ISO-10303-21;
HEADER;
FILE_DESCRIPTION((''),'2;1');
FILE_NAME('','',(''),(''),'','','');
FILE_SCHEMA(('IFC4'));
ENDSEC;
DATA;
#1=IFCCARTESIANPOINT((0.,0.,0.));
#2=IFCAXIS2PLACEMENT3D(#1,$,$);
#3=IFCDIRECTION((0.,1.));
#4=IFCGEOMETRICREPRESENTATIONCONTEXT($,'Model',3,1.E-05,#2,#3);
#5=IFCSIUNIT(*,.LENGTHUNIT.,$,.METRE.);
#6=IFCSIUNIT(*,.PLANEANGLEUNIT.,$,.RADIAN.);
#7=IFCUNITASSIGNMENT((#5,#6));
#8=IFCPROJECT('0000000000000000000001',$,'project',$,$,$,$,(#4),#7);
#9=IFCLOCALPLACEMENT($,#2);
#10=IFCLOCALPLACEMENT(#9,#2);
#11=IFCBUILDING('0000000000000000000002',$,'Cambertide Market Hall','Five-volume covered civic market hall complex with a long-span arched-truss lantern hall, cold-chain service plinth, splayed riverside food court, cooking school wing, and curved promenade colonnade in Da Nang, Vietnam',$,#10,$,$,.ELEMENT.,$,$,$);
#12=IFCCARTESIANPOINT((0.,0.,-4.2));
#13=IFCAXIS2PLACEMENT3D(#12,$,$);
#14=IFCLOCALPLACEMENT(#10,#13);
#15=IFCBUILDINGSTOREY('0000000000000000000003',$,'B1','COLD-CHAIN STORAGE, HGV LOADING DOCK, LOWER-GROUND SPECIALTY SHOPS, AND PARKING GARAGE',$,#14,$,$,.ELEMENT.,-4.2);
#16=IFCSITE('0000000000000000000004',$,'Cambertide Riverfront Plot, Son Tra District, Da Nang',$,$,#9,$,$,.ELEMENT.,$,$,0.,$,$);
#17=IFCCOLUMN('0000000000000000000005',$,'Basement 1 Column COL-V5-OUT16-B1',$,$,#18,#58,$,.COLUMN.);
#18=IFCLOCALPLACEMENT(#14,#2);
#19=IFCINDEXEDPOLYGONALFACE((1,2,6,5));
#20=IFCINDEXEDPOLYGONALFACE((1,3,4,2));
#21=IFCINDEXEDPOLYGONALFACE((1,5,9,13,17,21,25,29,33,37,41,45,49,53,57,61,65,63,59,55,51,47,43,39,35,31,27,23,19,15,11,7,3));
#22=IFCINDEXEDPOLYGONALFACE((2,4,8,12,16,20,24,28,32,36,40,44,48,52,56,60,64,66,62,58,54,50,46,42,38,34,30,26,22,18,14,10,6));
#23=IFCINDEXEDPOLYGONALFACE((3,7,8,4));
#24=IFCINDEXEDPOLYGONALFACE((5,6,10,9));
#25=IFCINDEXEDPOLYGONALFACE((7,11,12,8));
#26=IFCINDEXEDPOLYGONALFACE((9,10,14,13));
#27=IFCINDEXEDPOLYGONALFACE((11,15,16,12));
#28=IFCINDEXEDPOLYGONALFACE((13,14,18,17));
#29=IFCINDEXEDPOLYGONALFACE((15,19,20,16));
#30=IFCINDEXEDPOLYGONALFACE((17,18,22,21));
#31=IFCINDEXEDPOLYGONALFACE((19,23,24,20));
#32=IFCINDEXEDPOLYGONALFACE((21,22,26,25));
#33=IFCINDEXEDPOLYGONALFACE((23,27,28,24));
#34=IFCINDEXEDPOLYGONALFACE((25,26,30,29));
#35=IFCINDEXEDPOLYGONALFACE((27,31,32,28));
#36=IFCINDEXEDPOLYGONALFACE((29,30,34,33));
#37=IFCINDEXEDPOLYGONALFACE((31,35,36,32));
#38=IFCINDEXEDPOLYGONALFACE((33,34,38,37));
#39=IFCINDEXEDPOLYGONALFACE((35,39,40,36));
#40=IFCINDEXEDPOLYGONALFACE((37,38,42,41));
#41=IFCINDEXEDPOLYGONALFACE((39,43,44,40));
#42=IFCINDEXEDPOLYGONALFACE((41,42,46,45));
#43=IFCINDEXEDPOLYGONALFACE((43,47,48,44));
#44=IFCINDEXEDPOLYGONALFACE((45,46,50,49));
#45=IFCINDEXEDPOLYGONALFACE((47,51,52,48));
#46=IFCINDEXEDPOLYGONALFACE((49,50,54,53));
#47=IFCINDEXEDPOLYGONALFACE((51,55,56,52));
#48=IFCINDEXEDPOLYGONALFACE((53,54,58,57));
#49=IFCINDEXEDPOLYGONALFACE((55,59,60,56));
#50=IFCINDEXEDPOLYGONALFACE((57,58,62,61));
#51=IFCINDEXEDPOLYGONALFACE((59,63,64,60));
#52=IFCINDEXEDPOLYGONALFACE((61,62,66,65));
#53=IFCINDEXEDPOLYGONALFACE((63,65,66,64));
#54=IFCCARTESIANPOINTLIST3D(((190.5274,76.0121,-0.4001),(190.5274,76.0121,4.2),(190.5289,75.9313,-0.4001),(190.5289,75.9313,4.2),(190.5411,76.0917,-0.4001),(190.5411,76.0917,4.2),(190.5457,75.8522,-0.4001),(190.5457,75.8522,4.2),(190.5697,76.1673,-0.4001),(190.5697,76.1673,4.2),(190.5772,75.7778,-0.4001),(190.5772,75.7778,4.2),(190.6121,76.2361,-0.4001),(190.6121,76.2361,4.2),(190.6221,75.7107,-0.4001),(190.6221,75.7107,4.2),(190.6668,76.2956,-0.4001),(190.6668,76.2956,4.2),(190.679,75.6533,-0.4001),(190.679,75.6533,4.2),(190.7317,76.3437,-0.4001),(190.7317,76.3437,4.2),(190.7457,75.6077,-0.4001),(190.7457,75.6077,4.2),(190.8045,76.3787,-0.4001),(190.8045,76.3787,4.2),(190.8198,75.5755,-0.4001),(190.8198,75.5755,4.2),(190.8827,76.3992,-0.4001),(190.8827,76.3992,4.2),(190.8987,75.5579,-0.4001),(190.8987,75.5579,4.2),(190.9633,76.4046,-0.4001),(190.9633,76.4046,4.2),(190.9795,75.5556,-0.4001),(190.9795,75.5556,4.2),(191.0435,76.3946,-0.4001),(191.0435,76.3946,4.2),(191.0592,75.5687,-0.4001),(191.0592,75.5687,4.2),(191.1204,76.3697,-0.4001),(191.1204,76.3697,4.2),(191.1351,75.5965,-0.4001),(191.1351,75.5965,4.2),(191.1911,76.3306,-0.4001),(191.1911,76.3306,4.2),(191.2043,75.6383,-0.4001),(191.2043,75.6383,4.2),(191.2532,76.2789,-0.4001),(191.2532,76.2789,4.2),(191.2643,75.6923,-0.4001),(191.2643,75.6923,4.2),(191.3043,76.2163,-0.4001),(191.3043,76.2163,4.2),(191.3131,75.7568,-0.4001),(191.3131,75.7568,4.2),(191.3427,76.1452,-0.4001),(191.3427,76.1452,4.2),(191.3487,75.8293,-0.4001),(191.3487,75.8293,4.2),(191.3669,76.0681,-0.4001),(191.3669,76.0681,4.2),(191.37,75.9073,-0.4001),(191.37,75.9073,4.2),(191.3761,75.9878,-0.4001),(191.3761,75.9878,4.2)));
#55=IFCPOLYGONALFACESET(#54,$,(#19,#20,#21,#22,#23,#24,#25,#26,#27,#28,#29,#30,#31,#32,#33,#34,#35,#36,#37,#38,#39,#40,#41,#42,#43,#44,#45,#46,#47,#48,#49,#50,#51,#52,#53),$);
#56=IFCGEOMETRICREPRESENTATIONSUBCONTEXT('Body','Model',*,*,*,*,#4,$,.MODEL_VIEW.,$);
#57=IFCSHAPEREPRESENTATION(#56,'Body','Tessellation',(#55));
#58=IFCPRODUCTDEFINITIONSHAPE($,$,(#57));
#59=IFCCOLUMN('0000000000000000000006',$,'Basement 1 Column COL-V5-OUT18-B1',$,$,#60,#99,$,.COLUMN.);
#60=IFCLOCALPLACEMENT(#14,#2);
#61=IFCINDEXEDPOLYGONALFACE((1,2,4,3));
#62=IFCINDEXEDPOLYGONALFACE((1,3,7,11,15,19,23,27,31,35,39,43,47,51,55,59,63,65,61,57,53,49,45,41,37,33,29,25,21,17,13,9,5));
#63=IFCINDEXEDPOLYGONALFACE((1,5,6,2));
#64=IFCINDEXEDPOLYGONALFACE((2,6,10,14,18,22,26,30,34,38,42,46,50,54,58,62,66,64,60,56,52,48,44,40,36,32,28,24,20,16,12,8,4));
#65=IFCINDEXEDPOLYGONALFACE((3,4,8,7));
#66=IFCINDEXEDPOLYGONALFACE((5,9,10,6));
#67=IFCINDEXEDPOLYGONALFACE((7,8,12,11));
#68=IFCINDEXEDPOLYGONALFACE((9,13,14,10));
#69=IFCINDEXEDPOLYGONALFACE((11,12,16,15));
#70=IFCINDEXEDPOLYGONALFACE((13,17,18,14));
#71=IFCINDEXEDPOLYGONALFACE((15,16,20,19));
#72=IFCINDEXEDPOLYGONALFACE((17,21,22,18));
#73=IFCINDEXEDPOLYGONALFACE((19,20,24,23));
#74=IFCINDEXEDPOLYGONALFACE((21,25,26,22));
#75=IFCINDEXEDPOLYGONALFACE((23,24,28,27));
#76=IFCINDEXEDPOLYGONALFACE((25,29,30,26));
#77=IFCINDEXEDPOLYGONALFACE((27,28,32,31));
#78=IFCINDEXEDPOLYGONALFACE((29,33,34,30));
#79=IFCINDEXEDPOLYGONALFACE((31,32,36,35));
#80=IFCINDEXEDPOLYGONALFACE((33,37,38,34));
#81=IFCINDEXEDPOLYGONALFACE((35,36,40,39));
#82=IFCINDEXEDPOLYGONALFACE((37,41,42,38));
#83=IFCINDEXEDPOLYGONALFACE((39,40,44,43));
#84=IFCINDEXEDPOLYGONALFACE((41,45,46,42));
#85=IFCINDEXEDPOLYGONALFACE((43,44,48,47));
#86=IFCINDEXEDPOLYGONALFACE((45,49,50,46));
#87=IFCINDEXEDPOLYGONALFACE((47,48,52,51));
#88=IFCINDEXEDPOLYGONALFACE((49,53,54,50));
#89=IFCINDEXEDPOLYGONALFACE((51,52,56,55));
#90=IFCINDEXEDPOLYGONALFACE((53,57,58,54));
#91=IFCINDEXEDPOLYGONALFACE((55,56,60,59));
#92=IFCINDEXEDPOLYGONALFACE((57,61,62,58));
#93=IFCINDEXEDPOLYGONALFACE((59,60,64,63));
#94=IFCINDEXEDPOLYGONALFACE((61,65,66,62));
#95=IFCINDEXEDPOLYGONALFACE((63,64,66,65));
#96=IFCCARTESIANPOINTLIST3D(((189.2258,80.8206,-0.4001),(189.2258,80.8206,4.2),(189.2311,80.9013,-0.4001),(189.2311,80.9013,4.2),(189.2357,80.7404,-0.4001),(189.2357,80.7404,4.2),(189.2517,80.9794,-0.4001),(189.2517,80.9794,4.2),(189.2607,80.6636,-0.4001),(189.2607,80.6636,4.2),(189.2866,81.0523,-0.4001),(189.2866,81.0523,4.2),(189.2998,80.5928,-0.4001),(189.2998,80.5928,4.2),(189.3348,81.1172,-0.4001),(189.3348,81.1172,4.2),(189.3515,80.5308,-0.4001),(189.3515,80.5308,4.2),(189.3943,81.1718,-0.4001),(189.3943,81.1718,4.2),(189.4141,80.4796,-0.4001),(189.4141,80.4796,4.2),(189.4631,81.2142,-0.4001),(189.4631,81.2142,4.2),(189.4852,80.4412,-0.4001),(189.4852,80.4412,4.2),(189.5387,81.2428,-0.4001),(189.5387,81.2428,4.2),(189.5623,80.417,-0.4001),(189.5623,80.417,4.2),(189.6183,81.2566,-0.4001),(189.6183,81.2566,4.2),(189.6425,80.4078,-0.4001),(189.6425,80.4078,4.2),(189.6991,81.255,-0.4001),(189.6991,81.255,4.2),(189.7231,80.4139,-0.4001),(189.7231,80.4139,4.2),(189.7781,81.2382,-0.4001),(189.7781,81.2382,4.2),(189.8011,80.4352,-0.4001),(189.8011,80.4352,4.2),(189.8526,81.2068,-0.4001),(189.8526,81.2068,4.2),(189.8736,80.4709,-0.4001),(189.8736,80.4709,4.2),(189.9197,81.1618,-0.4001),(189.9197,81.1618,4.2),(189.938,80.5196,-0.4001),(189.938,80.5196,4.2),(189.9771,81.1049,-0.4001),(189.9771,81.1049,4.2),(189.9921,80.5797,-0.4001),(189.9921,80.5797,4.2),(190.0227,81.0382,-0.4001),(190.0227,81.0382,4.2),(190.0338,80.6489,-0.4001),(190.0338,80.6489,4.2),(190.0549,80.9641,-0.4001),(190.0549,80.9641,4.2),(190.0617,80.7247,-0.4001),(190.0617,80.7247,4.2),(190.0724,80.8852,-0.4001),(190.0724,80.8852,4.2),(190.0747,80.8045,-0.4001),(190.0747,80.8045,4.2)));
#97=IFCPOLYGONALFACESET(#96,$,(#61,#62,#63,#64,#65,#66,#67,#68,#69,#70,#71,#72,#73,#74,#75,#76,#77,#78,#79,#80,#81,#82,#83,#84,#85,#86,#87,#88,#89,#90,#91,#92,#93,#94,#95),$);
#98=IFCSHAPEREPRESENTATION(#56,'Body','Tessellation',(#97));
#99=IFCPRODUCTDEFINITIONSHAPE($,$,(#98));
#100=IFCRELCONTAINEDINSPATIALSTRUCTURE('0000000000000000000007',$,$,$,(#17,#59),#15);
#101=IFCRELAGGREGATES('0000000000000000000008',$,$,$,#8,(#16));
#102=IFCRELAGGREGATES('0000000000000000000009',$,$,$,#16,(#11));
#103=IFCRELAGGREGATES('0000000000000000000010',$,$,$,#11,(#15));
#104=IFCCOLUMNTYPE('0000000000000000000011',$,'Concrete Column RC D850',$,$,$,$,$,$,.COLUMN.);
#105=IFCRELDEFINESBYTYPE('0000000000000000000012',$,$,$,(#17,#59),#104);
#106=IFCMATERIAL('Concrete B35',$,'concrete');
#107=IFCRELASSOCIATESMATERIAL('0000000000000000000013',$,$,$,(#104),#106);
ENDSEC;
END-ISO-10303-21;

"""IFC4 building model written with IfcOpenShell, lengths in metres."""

from ifc_helpers import new_model, si_unit, direction, frame, origin, origin_2d, place, context, subcontext, project, spatial, circle, extrude, material, material_profile, profile_set, type_object, element, save


model = new_model("IFC4")

# Units and contexts
model_context = context("Model", 3, precision=1e-05, world=origin(), true_north=direction((0.0, 1.0)))
body_context = subcontext(model_context, "Body", "Model", "MODEL_VIEW")
ifc_project = project(units=[si_unit("LENGTHUNIT", "METRE"), si_unit("PLANEANGLEUNIT", "RADIAN")], contexts=[model_context])

# Site, building, storey
site_placement = place(None, origin())
site = spatial("IfcSite", under=ifc_project, at=site_placement, Name="Cambertide Riverfront Plot, Son Tra District, Da Nang", CompositionType="ELEMENT", RefElevation=0.0)
building_placement = place(site_placement, origin())
building = spatial("IfcBuilding", under=site, at=building_placement, Name="Cambertide Market Hall", Description="Five-volume covered civic market hall complex with a long-span arched-truss lantern hall, cold-chain service plinth, splayed riverside food court, cooking school wing, and curved promenade colonnade in Da Nang, Vietnam", CompositionType="ELEMENT")
storey_placement = place(building_placement, frame((0.0, 0.0, -4.2)))
storey = spatial("IfcBuildingStorey", under=building, at=storey_placement, Name="B1", Description="COLD-CHAIN STORAGE, HGV LOADING DOCK, LOWER-GROUND SPECIALTY SHOPS, AND PARKING GARAGE", CompositionType="ELEMENT", Elevation=-4.2)

# Columns
ifc_material_1 = material(Name="Concrete B35", Category="concrete")
ifc_material_profile_1 = material_profile(ifc_material_1, circle(Radius=0.425, at=origin_2d()), Name="RC D850")
ifc_profile_set_1 = profile_set([ifc_material_profile_1], Name="Concrete B35")
column_type_1 = type_object("IfcColumnType", Name="Concrete Column RC D850", PredefinedType="COLUMN", material=ifc_profile_set_1)
for number, where, z_axis, x_axis, name in (
    (1, (190.9512, 75.9797, -0.4001), (0.0, 0.0, 1.0), (0.978148, 0.207912, 0.0), "Basement 1 Column COL-V5-OUT16-B1"),
    (2, (189.6506, 80.8328, -0.4001), (0.0, 0.0, 1.0), (0.951057, 0.309017, 0.0), "Basement 1 Column COL-V5-OUT18-B1"),
):
    element("IfcColumn", number, at=place(storey_placement, frame(where, z_axis=z_axis, x_axis=x_axis)), inside=storey, type_object=column_type_1, Name=name, PredefinedType="COLUMN", context=body_context, shape_type="SweptSolid", body=[
        extrude(circle(Radius=0.425, at=origin_2d()), origin(), (0.0, 0.0, 1.0), 4.6001),
    ])

save(model, "model.ifc")
